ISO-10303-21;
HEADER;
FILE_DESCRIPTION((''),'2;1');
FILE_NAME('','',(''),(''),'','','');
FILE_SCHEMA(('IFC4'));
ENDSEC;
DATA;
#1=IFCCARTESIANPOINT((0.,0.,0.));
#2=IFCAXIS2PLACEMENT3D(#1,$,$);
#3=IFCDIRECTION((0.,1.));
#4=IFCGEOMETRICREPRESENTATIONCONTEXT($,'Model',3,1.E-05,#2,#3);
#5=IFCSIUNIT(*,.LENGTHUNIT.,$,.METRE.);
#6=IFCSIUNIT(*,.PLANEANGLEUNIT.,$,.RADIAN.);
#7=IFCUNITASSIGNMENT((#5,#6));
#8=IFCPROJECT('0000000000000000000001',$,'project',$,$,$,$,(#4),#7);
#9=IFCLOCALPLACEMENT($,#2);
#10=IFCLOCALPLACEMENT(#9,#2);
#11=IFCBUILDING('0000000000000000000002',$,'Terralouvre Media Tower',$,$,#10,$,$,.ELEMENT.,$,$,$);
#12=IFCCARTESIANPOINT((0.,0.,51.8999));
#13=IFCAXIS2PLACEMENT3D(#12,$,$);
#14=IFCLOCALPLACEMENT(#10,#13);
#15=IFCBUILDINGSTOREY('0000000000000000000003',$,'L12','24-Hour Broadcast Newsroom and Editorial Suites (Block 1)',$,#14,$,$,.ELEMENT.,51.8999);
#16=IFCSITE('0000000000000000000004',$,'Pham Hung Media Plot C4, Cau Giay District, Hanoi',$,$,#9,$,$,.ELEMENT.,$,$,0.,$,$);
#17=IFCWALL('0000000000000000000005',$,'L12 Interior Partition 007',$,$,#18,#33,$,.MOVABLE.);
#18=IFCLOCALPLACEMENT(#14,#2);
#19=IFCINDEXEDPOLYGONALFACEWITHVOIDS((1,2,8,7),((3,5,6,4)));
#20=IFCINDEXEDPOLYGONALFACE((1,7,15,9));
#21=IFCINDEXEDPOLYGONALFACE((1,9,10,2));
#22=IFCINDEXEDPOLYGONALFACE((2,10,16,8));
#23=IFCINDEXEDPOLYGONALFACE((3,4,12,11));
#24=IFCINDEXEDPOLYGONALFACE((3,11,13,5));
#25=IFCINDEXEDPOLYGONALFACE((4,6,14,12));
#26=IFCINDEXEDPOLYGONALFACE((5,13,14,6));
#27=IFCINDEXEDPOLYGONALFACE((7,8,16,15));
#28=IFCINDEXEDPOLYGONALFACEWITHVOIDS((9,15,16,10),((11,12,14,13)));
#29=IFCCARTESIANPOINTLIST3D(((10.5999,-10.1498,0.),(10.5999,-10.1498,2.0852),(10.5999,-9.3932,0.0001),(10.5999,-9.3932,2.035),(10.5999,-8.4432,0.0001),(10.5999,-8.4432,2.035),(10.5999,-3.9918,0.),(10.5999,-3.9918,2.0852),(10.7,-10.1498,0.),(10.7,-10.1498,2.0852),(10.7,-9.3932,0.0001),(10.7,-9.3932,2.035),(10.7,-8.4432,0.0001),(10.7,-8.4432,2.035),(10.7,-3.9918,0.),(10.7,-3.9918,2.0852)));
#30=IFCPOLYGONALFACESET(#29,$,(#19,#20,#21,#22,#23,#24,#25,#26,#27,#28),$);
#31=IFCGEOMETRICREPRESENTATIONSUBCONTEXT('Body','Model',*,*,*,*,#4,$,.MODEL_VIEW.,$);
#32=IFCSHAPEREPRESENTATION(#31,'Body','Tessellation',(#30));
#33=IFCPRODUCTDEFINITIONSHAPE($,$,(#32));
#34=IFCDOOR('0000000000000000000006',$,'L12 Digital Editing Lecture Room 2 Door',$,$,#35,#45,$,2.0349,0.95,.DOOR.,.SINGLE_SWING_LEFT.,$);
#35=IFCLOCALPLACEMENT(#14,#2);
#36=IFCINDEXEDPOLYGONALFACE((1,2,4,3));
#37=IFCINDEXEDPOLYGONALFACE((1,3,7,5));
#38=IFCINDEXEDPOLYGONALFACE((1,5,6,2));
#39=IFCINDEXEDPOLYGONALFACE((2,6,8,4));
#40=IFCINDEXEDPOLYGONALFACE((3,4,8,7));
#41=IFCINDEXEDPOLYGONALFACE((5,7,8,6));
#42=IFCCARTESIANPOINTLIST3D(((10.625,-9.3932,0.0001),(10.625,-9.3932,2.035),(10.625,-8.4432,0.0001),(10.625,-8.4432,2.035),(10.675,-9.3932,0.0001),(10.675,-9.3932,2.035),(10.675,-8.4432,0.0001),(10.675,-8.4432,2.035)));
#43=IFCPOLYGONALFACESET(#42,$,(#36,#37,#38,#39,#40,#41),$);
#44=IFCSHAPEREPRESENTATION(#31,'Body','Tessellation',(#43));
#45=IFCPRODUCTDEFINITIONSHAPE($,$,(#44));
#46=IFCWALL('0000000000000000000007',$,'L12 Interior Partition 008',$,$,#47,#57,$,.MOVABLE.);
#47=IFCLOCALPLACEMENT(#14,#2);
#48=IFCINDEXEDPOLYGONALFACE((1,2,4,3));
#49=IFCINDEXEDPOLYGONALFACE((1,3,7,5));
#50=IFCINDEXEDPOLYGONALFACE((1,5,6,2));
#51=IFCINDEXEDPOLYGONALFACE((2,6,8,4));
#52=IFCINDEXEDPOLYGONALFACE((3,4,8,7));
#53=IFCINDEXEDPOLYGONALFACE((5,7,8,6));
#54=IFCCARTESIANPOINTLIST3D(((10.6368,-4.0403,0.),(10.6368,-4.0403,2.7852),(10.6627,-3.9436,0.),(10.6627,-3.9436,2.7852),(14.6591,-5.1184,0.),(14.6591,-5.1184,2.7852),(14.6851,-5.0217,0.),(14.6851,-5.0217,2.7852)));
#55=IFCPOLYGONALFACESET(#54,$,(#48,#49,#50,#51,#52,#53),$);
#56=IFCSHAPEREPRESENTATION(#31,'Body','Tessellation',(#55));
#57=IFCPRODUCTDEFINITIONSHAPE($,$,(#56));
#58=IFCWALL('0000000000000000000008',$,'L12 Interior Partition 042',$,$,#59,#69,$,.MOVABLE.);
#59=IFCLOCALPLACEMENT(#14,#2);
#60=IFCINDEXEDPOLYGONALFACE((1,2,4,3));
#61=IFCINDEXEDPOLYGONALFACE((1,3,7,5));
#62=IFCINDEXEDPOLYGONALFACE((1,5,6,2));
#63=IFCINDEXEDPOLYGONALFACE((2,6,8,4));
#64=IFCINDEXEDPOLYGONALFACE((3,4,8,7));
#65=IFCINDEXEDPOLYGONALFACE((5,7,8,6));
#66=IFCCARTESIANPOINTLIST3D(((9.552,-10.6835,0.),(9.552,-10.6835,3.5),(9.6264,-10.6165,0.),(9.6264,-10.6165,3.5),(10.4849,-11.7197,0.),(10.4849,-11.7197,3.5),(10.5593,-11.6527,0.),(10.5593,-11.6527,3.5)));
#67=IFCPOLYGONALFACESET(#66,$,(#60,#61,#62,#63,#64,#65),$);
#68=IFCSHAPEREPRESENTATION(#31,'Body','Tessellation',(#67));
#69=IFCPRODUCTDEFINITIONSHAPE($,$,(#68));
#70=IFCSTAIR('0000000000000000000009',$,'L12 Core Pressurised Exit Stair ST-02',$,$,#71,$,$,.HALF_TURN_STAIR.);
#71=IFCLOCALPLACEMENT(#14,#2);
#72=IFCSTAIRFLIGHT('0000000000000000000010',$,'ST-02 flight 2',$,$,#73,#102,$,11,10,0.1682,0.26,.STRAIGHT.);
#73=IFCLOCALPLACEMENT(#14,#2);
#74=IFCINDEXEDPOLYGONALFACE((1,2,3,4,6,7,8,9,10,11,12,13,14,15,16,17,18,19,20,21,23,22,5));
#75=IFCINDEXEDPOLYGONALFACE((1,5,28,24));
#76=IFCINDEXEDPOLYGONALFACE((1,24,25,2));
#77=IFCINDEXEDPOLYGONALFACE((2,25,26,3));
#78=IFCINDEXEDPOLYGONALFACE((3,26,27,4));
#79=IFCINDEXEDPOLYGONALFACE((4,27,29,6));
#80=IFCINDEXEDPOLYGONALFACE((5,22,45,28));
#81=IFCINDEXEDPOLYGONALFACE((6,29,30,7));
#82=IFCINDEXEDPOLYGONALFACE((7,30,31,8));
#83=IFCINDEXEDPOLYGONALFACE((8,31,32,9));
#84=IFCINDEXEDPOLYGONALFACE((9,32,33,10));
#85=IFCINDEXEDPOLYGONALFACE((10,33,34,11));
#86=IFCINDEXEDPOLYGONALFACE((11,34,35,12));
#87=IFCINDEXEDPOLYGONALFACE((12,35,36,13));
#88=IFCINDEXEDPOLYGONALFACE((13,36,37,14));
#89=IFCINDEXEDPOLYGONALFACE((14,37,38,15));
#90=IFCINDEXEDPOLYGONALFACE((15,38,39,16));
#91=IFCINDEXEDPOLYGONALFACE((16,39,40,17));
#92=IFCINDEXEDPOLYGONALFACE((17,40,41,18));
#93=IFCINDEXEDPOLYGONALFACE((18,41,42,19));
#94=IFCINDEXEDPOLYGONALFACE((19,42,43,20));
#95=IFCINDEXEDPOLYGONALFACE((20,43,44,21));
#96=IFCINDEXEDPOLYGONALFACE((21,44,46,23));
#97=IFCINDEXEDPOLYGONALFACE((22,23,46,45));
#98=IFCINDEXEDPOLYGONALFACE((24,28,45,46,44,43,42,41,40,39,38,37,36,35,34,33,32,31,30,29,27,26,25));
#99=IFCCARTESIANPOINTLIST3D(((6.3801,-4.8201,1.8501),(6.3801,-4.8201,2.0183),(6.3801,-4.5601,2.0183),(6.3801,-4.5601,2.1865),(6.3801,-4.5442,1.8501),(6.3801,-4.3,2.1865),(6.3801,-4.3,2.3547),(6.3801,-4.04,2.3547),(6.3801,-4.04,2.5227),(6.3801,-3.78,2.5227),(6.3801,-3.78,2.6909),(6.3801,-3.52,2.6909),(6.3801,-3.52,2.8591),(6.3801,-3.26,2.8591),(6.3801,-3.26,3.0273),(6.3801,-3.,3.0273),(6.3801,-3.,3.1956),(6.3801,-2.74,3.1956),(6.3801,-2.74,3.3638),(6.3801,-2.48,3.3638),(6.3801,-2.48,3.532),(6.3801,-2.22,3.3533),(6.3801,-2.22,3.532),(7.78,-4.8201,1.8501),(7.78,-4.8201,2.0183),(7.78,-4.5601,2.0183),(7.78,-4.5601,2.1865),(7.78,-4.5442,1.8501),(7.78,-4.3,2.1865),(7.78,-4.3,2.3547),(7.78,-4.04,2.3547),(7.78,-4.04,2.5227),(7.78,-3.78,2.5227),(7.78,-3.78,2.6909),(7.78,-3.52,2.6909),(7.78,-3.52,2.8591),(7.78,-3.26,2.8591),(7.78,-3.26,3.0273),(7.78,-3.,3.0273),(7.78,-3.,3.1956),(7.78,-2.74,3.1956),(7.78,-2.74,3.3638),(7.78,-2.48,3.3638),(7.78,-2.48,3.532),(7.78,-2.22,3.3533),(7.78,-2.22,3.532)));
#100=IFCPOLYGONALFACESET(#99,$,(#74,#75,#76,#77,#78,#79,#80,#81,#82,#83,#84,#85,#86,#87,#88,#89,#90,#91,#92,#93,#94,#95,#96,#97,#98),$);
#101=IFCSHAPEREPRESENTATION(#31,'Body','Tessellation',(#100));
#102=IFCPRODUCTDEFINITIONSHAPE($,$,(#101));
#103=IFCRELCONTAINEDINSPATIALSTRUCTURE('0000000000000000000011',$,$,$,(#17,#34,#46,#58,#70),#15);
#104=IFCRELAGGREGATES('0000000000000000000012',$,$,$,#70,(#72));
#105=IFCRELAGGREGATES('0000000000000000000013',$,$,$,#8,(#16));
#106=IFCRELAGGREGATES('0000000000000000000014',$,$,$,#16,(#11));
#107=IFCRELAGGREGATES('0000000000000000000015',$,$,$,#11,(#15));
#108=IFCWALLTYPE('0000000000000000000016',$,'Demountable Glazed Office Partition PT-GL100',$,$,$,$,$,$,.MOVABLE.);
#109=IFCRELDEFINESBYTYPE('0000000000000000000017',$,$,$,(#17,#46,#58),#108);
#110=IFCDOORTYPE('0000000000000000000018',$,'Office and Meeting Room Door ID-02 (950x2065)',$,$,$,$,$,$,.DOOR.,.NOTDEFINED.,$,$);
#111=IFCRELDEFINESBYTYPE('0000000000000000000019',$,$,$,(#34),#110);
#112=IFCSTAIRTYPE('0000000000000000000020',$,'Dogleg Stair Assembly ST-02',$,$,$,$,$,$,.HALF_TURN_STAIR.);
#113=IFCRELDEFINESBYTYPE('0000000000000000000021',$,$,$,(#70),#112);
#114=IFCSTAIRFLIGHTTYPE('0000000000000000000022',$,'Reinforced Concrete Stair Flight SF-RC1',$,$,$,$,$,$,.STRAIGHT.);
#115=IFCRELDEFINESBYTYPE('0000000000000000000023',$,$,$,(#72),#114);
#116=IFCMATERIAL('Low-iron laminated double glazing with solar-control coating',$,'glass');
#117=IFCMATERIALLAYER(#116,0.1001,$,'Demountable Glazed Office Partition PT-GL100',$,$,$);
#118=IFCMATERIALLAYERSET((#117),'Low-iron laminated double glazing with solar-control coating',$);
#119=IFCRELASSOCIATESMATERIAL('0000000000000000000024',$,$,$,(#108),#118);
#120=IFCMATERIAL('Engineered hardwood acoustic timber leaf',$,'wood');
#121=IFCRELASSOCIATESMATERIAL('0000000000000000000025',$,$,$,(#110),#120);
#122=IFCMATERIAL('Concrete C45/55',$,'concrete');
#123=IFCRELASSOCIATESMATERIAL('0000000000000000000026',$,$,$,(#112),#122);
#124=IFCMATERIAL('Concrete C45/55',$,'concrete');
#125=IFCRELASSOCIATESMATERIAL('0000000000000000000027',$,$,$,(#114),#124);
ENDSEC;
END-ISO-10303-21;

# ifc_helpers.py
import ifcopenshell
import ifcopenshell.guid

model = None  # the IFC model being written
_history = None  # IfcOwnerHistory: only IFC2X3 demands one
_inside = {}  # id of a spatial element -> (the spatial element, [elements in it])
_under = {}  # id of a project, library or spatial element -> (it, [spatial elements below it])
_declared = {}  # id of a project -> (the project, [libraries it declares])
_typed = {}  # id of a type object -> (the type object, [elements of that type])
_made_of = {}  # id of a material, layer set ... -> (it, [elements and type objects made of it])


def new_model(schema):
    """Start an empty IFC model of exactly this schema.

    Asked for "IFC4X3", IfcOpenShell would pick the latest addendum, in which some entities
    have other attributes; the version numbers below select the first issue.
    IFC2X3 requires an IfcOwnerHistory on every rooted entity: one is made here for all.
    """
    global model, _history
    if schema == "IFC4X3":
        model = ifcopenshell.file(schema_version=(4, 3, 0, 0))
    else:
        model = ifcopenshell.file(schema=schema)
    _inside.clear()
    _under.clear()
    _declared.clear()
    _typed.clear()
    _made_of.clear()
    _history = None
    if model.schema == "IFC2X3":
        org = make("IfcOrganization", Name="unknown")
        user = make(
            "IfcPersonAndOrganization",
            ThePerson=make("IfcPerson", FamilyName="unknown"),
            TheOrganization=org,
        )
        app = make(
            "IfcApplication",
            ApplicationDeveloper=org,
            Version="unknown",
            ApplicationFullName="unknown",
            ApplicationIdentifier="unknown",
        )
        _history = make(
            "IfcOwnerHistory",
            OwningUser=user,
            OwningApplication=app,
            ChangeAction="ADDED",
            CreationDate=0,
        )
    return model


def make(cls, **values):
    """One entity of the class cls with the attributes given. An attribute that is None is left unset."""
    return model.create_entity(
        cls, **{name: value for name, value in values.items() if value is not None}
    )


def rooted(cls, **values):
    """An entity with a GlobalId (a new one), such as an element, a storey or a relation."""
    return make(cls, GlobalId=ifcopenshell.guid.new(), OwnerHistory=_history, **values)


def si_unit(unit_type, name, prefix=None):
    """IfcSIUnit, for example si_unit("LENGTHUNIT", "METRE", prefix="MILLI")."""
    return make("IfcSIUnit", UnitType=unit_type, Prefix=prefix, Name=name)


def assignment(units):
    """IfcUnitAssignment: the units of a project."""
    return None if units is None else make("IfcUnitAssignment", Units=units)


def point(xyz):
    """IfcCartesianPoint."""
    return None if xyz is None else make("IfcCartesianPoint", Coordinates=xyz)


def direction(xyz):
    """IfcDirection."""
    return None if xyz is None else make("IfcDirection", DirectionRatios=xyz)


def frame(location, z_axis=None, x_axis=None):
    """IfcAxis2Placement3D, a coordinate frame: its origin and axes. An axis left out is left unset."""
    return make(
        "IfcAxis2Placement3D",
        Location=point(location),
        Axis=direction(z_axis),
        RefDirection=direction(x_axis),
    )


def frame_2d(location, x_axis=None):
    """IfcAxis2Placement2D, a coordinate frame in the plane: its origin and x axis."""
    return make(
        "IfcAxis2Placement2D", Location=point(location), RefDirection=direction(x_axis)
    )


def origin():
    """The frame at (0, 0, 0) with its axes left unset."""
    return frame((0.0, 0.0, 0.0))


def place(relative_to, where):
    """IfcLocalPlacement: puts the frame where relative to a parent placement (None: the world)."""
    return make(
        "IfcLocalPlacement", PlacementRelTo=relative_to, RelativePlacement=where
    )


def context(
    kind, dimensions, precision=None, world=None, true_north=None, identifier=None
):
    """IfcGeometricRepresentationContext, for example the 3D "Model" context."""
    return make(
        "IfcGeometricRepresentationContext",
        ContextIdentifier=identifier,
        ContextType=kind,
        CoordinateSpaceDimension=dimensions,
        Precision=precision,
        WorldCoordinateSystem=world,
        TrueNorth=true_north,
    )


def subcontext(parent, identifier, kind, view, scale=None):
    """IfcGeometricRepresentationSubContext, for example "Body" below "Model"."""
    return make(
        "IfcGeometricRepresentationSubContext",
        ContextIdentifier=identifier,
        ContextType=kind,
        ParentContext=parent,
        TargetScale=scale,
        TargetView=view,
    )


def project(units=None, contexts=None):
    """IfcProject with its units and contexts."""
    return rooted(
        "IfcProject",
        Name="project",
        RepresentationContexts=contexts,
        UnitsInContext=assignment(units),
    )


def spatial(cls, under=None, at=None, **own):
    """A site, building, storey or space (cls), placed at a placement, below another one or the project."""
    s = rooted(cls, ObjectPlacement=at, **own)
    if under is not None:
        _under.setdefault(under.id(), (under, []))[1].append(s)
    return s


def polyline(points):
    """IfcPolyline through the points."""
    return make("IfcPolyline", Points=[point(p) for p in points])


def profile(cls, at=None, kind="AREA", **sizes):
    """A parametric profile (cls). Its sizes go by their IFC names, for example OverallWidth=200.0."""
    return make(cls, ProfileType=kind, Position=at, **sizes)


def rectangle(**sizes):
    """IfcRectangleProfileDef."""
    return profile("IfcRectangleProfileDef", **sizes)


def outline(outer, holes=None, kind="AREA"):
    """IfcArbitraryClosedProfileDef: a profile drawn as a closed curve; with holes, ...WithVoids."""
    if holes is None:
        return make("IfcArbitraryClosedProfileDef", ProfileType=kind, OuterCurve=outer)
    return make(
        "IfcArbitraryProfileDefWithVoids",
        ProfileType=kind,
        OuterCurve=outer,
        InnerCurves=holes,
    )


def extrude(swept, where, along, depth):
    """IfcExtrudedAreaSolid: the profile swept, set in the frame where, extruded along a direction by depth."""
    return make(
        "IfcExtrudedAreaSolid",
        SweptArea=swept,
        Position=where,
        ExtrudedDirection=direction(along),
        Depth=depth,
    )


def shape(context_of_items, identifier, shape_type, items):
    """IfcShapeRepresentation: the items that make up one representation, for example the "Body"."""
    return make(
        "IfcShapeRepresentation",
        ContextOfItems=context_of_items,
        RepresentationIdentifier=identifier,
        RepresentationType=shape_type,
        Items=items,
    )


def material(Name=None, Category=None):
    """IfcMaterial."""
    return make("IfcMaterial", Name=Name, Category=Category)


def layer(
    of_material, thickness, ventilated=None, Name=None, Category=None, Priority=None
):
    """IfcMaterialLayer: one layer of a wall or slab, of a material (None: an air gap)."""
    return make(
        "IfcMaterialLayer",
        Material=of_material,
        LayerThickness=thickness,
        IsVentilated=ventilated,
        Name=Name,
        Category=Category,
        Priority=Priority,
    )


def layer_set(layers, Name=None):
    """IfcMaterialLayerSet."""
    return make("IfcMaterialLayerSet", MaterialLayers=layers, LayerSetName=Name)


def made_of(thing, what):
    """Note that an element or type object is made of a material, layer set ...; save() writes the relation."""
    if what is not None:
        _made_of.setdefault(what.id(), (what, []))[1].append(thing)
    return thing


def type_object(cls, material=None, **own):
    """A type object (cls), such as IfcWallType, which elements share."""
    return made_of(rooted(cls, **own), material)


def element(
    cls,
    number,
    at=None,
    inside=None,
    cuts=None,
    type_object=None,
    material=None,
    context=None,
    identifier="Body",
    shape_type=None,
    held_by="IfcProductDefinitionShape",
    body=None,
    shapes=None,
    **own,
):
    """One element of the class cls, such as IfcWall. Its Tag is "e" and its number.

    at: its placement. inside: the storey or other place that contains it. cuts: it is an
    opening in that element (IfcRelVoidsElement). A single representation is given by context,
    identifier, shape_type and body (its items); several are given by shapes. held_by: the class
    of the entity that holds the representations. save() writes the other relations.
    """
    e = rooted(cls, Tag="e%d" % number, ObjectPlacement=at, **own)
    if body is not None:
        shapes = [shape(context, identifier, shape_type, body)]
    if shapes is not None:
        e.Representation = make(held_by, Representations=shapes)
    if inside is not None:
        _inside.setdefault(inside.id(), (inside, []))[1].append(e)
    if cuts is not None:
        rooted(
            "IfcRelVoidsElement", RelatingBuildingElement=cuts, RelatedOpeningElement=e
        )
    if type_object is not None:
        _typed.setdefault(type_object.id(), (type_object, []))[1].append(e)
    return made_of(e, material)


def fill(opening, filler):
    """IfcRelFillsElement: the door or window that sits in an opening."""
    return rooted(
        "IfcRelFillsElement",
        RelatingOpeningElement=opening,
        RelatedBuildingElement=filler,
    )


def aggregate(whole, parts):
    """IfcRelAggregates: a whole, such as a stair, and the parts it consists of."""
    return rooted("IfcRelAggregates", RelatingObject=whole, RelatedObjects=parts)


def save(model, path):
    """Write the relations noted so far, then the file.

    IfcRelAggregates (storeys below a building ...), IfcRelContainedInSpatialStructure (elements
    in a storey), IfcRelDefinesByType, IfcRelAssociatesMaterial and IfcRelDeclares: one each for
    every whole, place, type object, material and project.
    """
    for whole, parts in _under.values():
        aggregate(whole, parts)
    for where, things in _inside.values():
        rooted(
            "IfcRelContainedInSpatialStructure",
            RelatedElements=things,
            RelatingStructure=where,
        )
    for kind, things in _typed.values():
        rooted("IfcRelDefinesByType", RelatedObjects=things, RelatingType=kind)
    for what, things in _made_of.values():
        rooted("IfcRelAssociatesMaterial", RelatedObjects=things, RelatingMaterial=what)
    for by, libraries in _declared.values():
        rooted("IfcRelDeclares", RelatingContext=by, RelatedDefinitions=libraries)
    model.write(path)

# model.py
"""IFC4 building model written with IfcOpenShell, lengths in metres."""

from ifc_helpers import new_model, si_unit, direction, frame, frame_2d, origin, place, context, subcontext, project, spatial, polyline, rectangle, outline, extrude, material, layer, layer_set, type_object, element, fill, aggregate, save


model = new_model("IFC4")

# Units and contexts
model_context = context("Model", 3, precision=1e-05, world=origin(), true_north=direction((0.0, 1.0)))
body_context = subcontext(model_context, "Body", "Model", "MODEL_VIEW")
ifc_project = project(units=[si_unit("LENGTHUNIT", "METRE"), si_unit("PLANEANGLEUNIT", "RADIAN")], contexts=[model_context])

# Site, building, storey
site_placement = place(None, origin())
site = spatial("IfcSite", under=ifc_project, at=site_placement, Name="Pham Hung Media Plot C4, Cau Giay District, Hanoi", CompositionType="ELEMENT", RefElevation=0.0)
building_placement = place(site_placement, origin())
building = spatial("IfcBuilding", under=site, at=building_placement, Name="Terralouvre Media Tower", CompositionType="ELEMENT")
storey_placement = place(building_placement, frame((0.0, 0.0, 51.8999)))
storey = spatial("IfcBuildingStorey", under=building, at=storey_placement, Name="L12", Description="24-Hour Broadcast Newsroom and Editorial Suites (Block 1)", CompositionType="ELEMENT", Elevation=51.8999)

# Shared definitions
ifc_material_1 = material(Name="Low-iron laminated double glazing with solar-control coating", Category="glass")
ifc_layer_1 = layer(ifc_material_1, 0.1001, Name="Demountable Glazed Office Partition PT-GL100")
ifc_layer_set_1 = layer_set([ifc_layer_1], Name="Low-iron laminated double glazing with solar-control coating")
wall_type_1 = type_object("IfcWallType", Name="Demountable Glazed Office Partition PT-GL100", PredefinedType="MOVABLE", material=ifc_layer_set_1)

# Wall, opening, door
wall_1_placement = place(storey_placement, frame((10.6499, -10.1499, 0.0), z_axis=(0.0, 0.0, 1.0), x_axis=(0.0, 1.0, 0.0)))
wall_1 = element("IfcWall", 1, at=wall_1_placement, inside=storey, type_object=wall_type_1, Name="L12 Interior Partition 007", PredefinedType="MOVABLE", context=body_context, shape_type="SweptSolid", body=[
    extrude(rectangle(XDim=6.158, YDim=0.1001, at=frame_2d((3.0791, 0.0))), origin(), (0.0, 0.0, 1.0), 2.0852),
])
opening_1_placement = place(wall_1_placement, frame((0.7566, 0.0, 0.0)))
opening_1 = element("IfcOpeningElement", 2, at=opening_1_placement, cuts=wall_1, PredefinedType="OPENING", context=body_context, shape_type="SweptSolid", body=[
    extrude(rectangle(XDim=0.95, YDim=2.0349, at=frame_2d((0.4751, 1.0176))), frame((0.0, 0.0601, 0.0), z_axis=(0.0, -1.0, 0.0), x_axis=(1.0, 0.0, 0.0)), (0.0, 0.0, 1.0), 0.1201),
])
ifc_material_2 = material(Name="Engineered hardwood acoustic timber leaf", Category="wood")
door_type_1 = type_object("IfcDoorType", Name="Office and Meeting Room Door ID-02 (950x2065)", OperationType="NOTDEFINED", PredefinedType="DOOR", material=ifc_material_2)
door_1_placement = place(opening_1_placement, origin())
door_1 = element("IfcDoor", 3, at=door_1_placement, inside=storey, type_object=door_type_1, Name="L12 Digital Editing Lecture Room 2 Door", OperationType="SINGLE_SWING_LEFT", OverallHeight=2.0349, OverallWidth=0.95, PredefinedType="DOOR", context=body_context, shape_type="SweptSolid", body=[
    extrude(rectangle(XDim=0.95, YDim=2.0349, at=frame_2d((0.4751, 1.0176))), frame((0.0, 0.0249, 0.0), z_axis=(0.0, -1.0, 0.0), x_axis=(1.0, 0.0, 0.0)), (0.0, 0.0, 1.0), 0.05),
])
fill(opening_1, door_1)

# Walls
wall_2_placement = place(storey_placement, frame((10.6499, -3.9919, 0.0), z_axis=(0.0, 0.0, 1.0), x_axis=(0.965903, -0.258903, 0.0)))
element("IfcWall", 4, at=wall_2_placement, inside=storey, type_object=wall_type_1, Name="L12 Interior Partition 008", PredefinedType="MOVABLE", context=body_context, shape_type="SweptSolid", body=[
    extrude(rectangle(XDim=4.1643, YDim=0.1001, at=frame_2d((2.082, 0.0))), origin(), (0.0, 0.0, 1.0), 2.7852),
])
wall_3_placement = place(storey_placement, frame((9.5891, -10.6499, 0.0), z_axis=(0.0, 0.0, 1.0), x_axis=(0.6691, -0.743172, 0.0)))
element("IfcWall", 5, at=wall_3_placement, inside=storey, type_object=wall_type_1, Name="L12 Interior Partition 042", PredefinedType="MOVABLE", context=body_context, shape_type="SweptSolid", body=[
    extrude(rectangle(XDim=1.3943, YDim=0.1001, at=frame_2d((0.6973, 0.0))), origin(), (0.0, 0.0, 1.0), 3.5),
])

# Stair, stair flight
ifc_material_3 = material(Name="Concrete C45/55", Category="concrete")
stair_type = type_object("IfcStairType", Name="Dogleg Stair Assembly ST-02", PredefinedType="HALF_TURN_STAIR", material=ifc_material_3)
stair_placement = place(storey_placement, origin())
stair = element("IfcStair", 6, at=stair_placement, inside=storey, type_object=stair_type, Name="L12 Core Pressurised Exit Stair ST-02", PredefinedType="HALF_TURN_STAIR")
ifc_material_4 = material(Name="Concrete C45/55", Category="concrete")
stair_flight_type = type_object("IfcStairFlightType", Name="Reinforced Concrete Stair Flight SF-RC1", PredefinedType="STRAIGHT", material=ifc_material_4)
stair_flight_placement = place(storey_placement, frame((7.0801, -4.8201, 1.8501), z_axis=(0.0, 0.0, 1.0), x_axis=(0.0, 1.0, 0.0)))
stair_flight = element("IfcStairFlight", 7, at=stair_flight_placement, type_object=stair_flight_type, Name="ST-02 flight 2", NumberOfRisers=11, NumberOfTreads=10, PredefinedType="STRAIGHT", RiserHeight=0.1682, TreadLength=0.26, context=body_context, shape_type="SweptSolid", body=[
    extrude(outline(polyline([(0.0, 0.0), (0.0, 0.1682), (0.26, 0.1682), (0.26, 0.3364), (0.52, 0.3364), (0.52, 0.5046), (0.78, 0.5046), (0.78, 0.6726), (1.04, 0.6726), (1.04, 0.8408), (1.3, 0.8408), (1.3, 1.009), (1.5601, 1.009), (1.5601, 1.1772), (1.8201, 1.1772), (1.8201, 1.3455), (2.0801, 1.3455), (2.0801, 1.5137), (2.3401, 1.5137), (2.3401, 1.6819), (2.6001, 1.6819), (2.6001, 1.8501), (2.6001, 1.5032), (0.2759, 0.0), (0.0, 0.0)])), frame((0.0, 0.7, 0.0), z_axis=(0.0, -1.0, 0.0), x_axis=(1.0, 0.0, 0.0)), (0.0, 0.0, 1.0), 1.3999),
])
aggregate(stair, [stair_flight])

save(model, "model.ifc")
